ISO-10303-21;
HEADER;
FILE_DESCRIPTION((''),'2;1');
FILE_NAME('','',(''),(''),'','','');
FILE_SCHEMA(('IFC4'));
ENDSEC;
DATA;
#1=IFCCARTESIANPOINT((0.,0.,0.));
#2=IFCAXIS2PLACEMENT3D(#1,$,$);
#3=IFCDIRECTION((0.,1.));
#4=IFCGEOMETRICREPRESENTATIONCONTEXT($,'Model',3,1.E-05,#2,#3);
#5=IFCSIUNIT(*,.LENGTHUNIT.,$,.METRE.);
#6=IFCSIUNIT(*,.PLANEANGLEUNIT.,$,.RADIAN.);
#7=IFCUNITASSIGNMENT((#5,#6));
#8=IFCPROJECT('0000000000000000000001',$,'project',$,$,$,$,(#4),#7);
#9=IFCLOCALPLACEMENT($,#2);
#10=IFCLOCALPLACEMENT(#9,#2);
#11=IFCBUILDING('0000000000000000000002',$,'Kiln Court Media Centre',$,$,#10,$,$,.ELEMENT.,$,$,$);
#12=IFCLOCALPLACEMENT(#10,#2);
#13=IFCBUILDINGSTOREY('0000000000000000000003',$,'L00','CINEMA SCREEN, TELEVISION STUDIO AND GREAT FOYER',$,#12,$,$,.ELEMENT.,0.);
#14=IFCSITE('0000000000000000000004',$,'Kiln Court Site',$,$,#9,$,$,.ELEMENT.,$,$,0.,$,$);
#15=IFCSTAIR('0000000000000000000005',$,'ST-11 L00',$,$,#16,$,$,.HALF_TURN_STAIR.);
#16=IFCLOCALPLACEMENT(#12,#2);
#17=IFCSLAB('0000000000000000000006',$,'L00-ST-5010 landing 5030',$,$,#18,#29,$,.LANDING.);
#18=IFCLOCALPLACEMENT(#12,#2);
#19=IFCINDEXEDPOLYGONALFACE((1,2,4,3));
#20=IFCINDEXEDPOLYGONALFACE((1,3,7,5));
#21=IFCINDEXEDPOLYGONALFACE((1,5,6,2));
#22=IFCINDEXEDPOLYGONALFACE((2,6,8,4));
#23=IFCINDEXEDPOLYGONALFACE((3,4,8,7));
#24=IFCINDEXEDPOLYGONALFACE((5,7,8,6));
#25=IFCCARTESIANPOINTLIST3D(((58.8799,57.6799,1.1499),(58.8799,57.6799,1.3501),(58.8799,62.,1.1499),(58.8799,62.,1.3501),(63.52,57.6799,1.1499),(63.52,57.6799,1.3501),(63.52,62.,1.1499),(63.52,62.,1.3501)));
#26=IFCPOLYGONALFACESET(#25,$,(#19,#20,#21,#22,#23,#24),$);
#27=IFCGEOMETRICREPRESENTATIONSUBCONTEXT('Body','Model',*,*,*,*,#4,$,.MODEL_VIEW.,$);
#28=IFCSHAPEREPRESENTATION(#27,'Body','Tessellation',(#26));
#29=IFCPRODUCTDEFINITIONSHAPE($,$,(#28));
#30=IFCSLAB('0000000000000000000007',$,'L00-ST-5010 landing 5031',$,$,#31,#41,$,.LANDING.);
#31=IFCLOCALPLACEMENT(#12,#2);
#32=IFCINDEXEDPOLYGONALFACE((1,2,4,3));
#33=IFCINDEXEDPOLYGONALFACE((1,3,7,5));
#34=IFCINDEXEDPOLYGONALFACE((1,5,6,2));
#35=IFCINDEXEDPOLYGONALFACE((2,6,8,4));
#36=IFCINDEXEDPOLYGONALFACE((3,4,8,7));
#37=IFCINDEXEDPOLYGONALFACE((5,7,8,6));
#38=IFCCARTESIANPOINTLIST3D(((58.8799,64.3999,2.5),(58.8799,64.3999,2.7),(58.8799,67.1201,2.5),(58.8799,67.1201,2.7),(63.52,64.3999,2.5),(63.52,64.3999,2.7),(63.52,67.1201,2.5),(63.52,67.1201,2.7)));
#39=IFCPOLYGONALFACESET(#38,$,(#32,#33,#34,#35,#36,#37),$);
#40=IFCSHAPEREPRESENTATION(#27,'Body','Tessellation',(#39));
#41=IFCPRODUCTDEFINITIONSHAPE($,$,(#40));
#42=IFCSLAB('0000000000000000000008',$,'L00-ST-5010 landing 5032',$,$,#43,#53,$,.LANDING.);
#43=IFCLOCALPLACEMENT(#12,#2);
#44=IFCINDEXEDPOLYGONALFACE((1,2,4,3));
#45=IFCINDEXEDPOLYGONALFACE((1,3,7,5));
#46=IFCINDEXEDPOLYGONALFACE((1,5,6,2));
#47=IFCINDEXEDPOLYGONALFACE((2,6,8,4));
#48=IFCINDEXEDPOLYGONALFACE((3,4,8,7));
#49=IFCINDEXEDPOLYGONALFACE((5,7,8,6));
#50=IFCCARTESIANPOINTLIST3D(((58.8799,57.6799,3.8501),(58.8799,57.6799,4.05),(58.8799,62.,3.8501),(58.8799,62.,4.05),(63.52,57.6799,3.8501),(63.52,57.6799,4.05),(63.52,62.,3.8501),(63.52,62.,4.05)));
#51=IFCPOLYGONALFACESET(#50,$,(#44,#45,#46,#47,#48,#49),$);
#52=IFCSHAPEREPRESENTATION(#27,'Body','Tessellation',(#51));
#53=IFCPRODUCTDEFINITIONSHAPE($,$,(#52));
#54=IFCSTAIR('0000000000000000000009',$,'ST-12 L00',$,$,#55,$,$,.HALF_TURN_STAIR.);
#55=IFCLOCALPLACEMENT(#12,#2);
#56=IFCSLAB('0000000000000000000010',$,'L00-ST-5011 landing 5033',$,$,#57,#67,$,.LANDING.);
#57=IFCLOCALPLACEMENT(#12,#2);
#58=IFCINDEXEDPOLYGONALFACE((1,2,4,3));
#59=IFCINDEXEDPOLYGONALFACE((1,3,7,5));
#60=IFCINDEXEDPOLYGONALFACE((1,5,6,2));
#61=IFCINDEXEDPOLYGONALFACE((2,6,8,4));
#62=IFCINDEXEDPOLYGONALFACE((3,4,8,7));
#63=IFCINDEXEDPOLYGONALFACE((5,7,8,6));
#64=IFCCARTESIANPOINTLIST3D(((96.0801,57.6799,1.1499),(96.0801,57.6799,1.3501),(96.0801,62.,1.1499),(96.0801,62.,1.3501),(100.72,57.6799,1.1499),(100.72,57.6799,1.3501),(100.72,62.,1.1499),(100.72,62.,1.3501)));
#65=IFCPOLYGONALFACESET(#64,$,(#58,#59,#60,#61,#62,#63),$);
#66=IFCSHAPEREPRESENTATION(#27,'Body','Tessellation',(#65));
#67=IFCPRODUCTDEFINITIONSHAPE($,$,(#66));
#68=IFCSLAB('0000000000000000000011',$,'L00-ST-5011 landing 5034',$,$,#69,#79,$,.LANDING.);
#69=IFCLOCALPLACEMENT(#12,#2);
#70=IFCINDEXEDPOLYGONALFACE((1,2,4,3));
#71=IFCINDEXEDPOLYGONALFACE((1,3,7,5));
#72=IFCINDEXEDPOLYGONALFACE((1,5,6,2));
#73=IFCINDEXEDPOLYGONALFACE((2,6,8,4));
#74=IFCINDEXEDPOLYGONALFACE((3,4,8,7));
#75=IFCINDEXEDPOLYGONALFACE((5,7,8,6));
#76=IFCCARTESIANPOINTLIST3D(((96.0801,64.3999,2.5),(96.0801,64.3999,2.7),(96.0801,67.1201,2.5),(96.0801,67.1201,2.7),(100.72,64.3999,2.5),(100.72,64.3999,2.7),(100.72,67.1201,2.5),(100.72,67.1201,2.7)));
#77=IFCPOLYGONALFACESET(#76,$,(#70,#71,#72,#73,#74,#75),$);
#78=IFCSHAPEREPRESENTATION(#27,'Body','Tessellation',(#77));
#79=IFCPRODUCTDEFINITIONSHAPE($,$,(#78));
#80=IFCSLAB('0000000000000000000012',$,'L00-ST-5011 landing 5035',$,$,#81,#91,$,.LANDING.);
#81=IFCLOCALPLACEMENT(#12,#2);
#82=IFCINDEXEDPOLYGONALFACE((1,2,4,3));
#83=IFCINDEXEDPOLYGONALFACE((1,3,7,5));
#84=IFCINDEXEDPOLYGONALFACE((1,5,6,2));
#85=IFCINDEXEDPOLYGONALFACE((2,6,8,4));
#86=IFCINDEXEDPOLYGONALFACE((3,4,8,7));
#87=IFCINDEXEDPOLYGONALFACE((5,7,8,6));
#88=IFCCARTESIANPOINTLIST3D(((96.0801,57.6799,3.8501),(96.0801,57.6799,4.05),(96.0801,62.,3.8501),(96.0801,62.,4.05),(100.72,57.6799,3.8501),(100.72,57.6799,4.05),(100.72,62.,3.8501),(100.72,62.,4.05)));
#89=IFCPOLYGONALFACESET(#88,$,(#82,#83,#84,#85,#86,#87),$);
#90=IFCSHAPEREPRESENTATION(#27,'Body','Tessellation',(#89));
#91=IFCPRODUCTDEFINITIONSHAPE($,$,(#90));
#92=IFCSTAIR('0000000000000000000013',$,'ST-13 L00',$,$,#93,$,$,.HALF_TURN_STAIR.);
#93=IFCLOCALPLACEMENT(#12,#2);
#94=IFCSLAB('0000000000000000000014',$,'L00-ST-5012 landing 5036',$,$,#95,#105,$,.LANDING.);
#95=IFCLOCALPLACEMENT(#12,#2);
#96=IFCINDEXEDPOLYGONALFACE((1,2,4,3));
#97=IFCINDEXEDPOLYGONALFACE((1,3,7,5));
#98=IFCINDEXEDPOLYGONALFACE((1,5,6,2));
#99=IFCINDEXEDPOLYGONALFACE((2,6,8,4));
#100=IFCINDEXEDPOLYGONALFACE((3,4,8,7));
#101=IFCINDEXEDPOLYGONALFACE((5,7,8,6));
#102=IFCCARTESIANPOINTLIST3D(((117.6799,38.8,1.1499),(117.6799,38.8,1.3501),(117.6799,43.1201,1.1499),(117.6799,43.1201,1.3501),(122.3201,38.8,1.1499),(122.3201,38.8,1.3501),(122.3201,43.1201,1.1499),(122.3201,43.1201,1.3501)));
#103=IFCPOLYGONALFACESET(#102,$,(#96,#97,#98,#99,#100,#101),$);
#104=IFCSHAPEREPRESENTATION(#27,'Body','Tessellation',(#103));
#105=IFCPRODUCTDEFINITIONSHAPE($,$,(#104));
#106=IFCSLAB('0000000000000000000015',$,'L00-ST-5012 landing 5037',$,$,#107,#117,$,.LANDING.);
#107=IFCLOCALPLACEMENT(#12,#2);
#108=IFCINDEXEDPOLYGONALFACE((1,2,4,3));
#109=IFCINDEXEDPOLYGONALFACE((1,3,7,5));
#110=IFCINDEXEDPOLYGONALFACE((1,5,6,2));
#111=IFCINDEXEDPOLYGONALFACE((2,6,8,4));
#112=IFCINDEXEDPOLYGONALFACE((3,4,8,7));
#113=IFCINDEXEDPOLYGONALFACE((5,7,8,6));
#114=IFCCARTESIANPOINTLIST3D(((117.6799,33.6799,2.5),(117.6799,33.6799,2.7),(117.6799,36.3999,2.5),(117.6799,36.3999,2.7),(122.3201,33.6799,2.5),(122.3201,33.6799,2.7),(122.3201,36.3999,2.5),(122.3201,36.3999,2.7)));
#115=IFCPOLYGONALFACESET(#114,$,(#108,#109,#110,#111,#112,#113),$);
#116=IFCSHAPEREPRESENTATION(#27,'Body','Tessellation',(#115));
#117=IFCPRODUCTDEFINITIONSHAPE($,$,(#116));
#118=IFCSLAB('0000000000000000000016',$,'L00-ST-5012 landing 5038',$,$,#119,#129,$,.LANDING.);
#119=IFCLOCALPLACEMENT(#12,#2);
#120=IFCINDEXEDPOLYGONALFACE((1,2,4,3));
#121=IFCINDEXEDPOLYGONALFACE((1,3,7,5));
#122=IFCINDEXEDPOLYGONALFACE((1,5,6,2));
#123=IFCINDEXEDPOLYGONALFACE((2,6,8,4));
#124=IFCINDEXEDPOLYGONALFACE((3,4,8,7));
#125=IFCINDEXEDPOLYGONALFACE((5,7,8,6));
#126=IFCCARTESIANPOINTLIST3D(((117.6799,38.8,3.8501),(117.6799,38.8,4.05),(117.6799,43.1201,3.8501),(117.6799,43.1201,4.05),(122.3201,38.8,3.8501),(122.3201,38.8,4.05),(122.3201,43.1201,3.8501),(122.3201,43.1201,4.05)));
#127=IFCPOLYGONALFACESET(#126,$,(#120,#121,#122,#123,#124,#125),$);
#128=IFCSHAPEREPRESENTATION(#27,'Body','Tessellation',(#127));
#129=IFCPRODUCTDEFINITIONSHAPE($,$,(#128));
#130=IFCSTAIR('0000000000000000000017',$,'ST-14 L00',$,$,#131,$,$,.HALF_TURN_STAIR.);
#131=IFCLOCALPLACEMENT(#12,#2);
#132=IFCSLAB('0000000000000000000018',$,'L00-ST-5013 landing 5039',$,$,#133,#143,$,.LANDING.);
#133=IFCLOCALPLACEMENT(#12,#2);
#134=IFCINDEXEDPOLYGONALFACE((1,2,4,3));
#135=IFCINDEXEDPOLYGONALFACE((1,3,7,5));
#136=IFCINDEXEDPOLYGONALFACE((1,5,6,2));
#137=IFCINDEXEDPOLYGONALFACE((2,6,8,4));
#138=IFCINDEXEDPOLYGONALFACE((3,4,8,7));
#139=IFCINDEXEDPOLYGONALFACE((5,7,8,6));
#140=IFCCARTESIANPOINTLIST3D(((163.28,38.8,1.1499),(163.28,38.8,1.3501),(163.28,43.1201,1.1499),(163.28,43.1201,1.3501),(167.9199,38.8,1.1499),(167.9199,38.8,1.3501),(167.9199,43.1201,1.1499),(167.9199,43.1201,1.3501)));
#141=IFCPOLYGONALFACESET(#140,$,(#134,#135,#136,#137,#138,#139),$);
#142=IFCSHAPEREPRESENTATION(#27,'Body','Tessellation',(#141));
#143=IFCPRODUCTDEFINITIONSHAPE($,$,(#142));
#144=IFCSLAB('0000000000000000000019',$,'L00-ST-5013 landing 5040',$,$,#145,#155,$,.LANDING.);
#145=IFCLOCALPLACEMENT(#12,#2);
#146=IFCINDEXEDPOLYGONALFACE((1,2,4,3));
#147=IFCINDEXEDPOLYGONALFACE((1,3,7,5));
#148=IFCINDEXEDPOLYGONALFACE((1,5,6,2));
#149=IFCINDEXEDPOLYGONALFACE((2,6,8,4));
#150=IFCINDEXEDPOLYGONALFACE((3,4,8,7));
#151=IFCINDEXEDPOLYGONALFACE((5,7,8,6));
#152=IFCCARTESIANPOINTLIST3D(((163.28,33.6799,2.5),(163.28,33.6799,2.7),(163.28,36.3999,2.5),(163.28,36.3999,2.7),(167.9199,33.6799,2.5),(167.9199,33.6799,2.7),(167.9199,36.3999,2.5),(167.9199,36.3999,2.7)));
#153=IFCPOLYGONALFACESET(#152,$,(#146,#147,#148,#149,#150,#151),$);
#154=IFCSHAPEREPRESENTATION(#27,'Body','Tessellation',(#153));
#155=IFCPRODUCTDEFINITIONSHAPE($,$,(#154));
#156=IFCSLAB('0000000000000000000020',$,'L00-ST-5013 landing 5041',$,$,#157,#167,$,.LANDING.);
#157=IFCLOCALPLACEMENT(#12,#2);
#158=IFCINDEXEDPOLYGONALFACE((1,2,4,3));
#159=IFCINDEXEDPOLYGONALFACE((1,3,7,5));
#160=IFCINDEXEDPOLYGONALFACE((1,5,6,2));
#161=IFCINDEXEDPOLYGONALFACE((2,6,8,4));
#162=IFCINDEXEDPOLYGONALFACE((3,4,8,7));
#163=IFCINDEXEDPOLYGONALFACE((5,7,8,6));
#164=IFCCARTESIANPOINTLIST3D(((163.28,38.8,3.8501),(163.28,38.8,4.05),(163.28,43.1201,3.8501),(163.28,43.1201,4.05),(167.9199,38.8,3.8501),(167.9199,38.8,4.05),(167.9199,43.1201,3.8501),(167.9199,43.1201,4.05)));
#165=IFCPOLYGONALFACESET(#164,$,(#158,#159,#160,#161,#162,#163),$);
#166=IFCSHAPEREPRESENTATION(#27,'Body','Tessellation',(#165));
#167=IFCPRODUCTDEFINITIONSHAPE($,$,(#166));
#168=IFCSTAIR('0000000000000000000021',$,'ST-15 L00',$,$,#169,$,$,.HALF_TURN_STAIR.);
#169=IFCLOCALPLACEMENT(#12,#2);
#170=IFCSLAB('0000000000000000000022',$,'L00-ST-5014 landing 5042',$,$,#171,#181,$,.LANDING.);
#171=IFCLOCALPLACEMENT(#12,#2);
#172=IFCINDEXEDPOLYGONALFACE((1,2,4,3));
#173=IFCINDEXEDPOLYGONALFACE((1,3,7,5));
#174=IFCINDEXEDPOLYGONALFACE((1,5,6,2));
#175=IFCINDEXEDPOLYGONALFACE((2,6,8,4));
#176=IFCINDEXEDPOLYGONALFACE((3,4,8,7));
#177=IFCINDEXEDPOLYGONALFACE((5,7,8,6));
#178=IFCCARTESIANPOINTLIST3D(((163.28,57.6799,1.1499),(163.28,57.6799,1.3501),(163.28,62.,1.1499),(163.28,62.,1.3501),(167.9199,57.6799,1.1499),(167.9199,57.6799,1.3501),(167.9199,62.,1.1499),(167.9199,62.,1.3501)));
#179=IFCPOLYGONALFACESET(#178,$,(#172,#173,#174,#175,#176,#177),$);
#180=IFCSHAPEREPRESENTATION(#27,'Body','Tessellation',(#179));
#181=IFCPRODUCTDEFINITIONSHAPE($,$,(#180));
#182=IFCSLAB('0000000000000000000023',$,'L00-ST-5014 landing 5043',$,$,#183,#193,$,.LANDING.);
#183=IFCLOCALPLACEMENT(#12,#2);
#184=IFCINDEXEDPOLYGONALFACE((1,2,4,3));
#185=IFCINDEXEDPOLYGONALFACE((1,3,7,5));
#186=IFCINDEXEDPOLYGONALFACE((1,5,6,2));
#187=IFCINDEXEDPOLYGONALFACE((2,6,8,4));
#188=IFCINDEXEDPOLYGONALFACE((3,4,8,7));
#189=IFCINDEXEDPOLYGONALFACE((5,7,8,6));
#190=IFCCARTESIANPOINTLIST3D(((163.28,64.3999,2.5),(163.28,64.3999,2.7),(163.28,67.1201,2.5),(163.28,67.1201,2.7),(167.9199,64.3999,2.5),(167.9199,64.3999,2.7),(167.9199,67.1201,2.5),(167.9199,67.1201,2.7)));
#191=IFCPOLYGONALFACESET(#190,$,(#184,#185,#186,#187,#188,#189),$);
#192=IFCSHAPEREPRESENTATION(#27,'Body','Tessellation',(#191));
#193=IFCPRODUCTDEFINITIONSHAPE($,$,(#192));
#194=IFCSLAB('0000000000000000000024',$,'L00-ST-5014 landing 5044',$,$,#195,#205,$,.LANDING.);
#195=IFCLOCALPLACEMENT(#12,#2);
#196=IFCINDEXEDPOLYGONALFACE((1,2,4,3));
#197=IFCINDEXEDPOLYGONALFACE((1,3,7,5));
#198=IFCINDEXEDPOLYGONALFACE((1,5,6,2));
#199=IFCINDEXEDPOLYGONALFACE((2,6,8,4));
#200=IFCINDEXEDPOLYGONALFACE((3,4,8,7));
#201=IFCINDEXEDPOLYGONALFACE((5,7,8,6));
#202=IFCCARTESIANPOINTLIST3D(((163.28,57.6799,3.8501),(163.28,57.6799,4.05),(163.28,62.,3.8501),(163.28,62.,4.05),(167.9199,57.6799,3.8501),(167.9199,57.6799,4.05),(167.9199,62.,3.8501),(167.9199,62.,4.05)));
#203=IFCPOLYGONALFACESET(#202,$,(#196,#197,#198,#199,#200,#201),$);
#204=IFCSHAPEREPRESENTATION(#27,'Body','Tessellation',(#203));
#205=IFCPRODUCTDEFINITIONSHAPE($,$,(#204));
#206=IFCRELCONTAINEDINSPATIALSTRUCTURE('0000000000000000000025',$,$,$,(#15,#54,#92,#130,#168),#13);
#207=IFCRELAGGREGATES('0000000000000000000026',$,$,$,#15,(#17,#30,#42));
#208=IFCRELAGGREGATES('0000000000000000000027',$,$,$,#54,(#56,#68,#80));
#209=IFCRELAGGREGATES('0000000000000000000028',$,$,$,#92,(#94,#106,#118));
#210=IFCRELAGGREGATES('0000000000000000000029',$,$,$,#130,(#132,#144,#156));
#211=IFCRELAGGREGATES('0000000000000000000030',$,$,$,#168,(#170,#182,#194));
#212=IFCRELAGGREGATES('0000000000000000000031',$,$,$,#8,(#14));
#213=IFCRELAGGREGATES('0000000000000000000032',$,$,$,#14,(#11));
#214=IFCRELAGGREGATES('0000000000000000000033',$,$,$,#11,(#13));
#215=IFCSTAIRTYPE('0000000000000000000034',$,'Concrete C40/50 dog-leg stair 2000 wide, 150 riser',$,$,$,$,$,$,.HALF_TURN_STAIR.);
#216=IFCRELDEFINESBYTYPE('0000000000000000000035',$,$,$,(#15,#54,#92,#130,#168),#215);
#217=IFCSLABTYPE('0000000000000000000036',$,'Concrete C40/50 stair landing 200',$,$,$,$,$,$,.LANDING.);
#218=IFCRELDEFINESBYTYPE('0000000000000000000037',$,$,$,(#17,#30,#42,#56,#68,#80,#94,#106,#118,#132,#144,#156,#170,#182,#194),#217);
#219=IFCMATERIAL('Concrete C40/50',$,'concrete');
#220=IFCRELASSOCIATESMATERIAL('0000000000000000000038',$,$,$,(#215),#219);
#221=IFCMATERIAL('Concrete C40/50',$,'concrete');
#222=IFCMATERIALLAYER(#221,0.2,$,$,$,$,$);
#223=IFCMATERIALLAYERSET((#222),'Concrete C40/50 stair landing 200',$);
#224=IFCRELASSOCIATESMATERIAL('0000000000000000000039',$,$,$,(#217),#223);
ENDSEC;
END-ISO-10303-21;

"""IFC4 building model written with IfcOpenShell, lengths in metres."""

from ifc_helpers import new_model, si_unit, direction, frame, origin, place, context, subcontext, project, spatial, polyline, outline, extrude, material, layer, layer_set, type_object, element, aggregate, save


model = new_model("IFC4")

# Units and contexts
model_context = context("Model", 3, precision=1e-05, world=origin(), true_north=direction((0.0, 1.0)))
body_context = subcontext(model_context, "Body", "Model", "MODEL_VIEW")
ifc_project = project(units=[si_unit("LENGTHUNIT", "METRE"), si_unit("PLANEANGLEUNIT", "RADIAN")], contexts=[model_context])

# Site, building, storey
site_placement = place(None, origin())
site = spatial("IfcSite", under=ifc_project, at=site_placement, Name="Kiln Court Site", CompositionType="ELEMENT", RefElevation=0.0)
building_placement = place(site_placement, origin())
building = spatial("IfcBuilding", under=site, at=building_placement, Name="Kiln Court Media Centre", CompositionType="ELEMENT")
storey_placement = place(building_placement, origin())
storey = spatial("IfcBuildingStorey", under=building, at=storey_placement, Name="L00", Description="CINEMA SCREEN, TELEVISION STUDIO AND GREAT FOYER", CompositionType="ELEMENT", Elevation=0.0)

# Stairs, slabs
ifc_material_1 = material(Name="Concrete C40/50", Category="concrete")
stair_type_1 = type_object("IfcStairType", Name="Concrete C40/50 dog-leg stair 2000 wide, 150 riser", PredefinedType="HALF_TURN_STAIR", material=ifc_material_1)
stair_1_placement = place(storey_placement, origin())
stair_1 = element("IfcStair", 1, at=stair_1_placement, inside=storey, type_object=stair_type_1, Name="ST-11 L00", PredefinedType="HALF_TURN_STAIR")
ifc_material_2 = material(Name="Concrete C40/50", Category="concrete")
ifc_layer_1 = layer(ifc_material_2, 0.2)
ifc_layer_set_1 = layer_set([ifc_layer_1], Name="Concrete C40/50 stair landing 200")
slab_type = type_object("IfcSlabType", Name="Concrete C40/50 stair landing 200", PredefinedType="LANDING", material=ifc_layer_set_1)
slab_1_placement = place(storey_placement, frame((0.0, 0.0, 1.1499)))
slab_1 = element("IfcSlab", 2, at=slab_1_placement, type_object=slab_type, Name="L00-ST-5010 landing 5030", PredefinedType="LANDING", context=body_context, shape_type="SweptSolid", body=[
    extrude(outline(polyline([(58.8799, 62.0), (58.8799, 57.6799), (63.52, 57.6799), (63.52, 62.0), (58.8799, 62.0)])), origin(), (0.0, 0.0, 1.0), 0.2002),
])
slab_2_placement = place(storey_placement, frame((0.0, 0.0, 2.5)))
slab_2 = element("IfcSlab", 3, at=slab_2_placement, type_object=slab_type, Name="L00-ST-5010 landing 5031", PredefinedType="LANDING", context=body_context, shape_type="SweptSolid", body=[
    extrude(outline(polyline([(58.8799, 67.1201), (58.8799, 64.3999), (63.52, 64.3999), (63.52, 67.1201), (58.8799, 67.1201)])), origin(), (0.0, 0.0, 1.0), 0.2),
])
slab_3_placement = place(storey_placement, frame((0.0, 0.0, 3.8501)))
slab_3 = element("IfcSlab", 4, at=slab_3_placement, type_object=slab_type, Name="L00-ST-5010 landing 5032", PredefinedType="LANDING", context=body_context, shape_type="SweptSolid", body=[
    extrude(outline(polyline([(58.8799, 62.0), (58.8799, 57.6799), (63.52, 57.6799), (63.52, 62.0), (58.8799, 62.0)])), origin(), (0.0, 0.0, 1.0), 0.2),
])
aggregate(stair_1, [slab_1, slab_2, slab_3])
stair_2_placement = place(storey_placement, origin())
stair_2 = element("IfcStair", 5, at=stair_2_placement, inside=storey, type_object=stair_type_1, Name="ST-12 L00", PredefinedType="HALF_TURN_STAIR")
slab_4_placement = place(storey_placement, frame((0.0, 0.0, 1.1499)))
slab_4 = element("IfcSlab", 6, at=slab_4_placement, type_object=slab_type, Name="L00-ST-5011 landing 5033", PredefinedType="LANDING", context=body_context, shape_type="SweptSolid", body=[
    extrude(outline(polyline([(96.0801, 62.0), (96.0801, 57.6799), (100.72, 57.6799), (100.72, 62.0), (96.0801, 62.0)])), origin(), (0.0, 0.0, 1.0), 0.2002),
])
slab_5_placement = place(storey_placement, frame((0.0, 0.0, 2.5)))
slab_5 = element("IfcSlab", 7, at=slab_5_placement, type_object=slab_type, Name="L00-ST-5011 landing 5034", PredefinedType="LANDING", context=body_context, shape_type="SweptSolid", body=[
    extrude(outline(polyline([(96.0801, 67.1201), (96.0801, 64.3999), (100.72, 64.3999), (100.72, 67.1201), (96.0801, 67.1201)])), origin(), (0.0, 0.0, 1.0), 0.2),
])
slab_6_placement = place(storey_placement, frame((0.0, 0.0, 3.8501)))
slab_6 = element("IfcSlab", 8, at=slab_6_placement, type_object=slab_type, Name="L00-ST-5011 landing 5035", PredefinedType="LANDING", context=body_context, shape_type="SweptSolid", body=[
    extrude(outline(polyline([(96.0801, 62.0), (96.0801, 57.6799), (100.72, 57.6799), (100.72, 62.0), (96.0801, 62.0)])), origin(), (0.0, 0.0, 1.0), 0.2),
])
aggregate(stair_2, [slab_4, slab_5, slab_6])
stair_3_placement = place(storey_placement, origin())
stair_3 = element("IfcStair", 9, at=stair_3_placement, inside=storey, type_object=stair_type_1, Name="ST-13 L00", PredefinedType="HALF_TURN_STAIR")
slab_7_placement = place(storey_placement, frame((0.0, 0.0, 1.1499)))
slab_7 = element("IfcSlab", 10, at=slab_7_placement, type_object=slab_type, Name="L00-ST-5012 landing 5036", PredefinedType="LANDING", context=body_context, shape_type="SweptSolid", body=[
    extrude(outline(polyline([(122.3201, 38.8), (122.3201, 43.1201), (117.6799, 43.1201), (117.6799, 38.8), (122.3201, 38.8)])), origin(), (0.0, 0.0, 1.0), 0.2002),
])
slab_8_placement = place(storey_placement, frame((0.0, 0.0, 2.5)))
slab_8 = element("IfcSlab", 11, at=slab_8_placement, type_object=slab_type, Name="L00-ST-5012 landing 5037", PredefinedType="LANDING", context=body_context, shape_type="SweptSolid", body=[
    extrude(outline(polyline([(122.3201, 33.6799), (122.3201, 36.3999), (117.6799, 36.3999), (117.6799, 33.6799), (122.3201, 33.6799)])), origin(), (0.0, 0.0, 1.0), 0.2),
])
slab_9_placement = place(storey_placement, frame((0.0, 0.0, 3.8501)))
slab_9 = element("IfcSlab", 12, at=slab_9_placement, type_object=slab_type, Name="L00-ST-5012 landing 5038", PredefinedType="LANDING", context=body_context, shape_type="SweptSolid", body=[
    extrude(outline(polyline([(122.3201, 38.8), (122.3201, 43.1201), (117.6799, 43.1201), (117.6799, 38.8), (122.3201, 38.8)])), origin(), (0.0, 0.0, 1.0), 0.2),
])
aggregate(stair_3, [slab_7, slab_8, slab_9])
stair_4_placement = place(storey_placement, origin())
stair_4 = element("IfcStair", 13, at=stair_4_placement, inside=storey, type_object=stair_type_1, Name="ST-14 L00", PredefinedType="HALF_TURN_STAIR")
slab_10_placement = place(storey_placement, frame((0.0, 0.0, 1.1499)))
slab_10 = element("IfcSlab", 14, at=slab_10_placement, type_object=slab_type, Name="L00-ST-5013 landing 5039", PredefinedType="LANDING", context=body_context, shape_type="SweptSolid", body=[
    extrude(outline(polyline([(167.9199, 38.8), (167.9199, 43.1201), (163.28, 43.1201), (163.28, 38.8), (167.9199, 38.8)])), origin(), (0.0, 0.0, 1.0), 0.2002),
])
slab_11_placement = place(storey_placement, frame((0.0, 0.0, 2.5)))
slab_11 = element("IfcSlab", 15, at=slab_11_placement, type_object=slab_type, Name="L00-ST-5013 landing 5040", PredefinedType="LANDING", context=body_context, shape_type="SweptSolid", body=[
    extrude(outline(polyline([(167.9199, 33.6799), (167.9199, 36.3999), (163.28, 36.3999), (163.28, 33.6799), (167.9199, 33.6799)])), origin(), (0.0, 0.0, 1.0), 0.2),
])
slab_12_placement = place(storey_placement, frame((0.0, 0.0, 3.8501)))
slab_12 = element("IfcSlab", 16, at=slab_12_placement, type_object=slab_type, Name="L00-ST-5013 landing 5041", PredefinedType="LANDING", context=body_context, shape_type="SweptSolid", body=[
    extrude(outline(polyline([(167.9199, 38.8), (167.9199, 43.1201), (163.28, 43.1201), (163.28, 38.8), (167.9199, 38.8)])), origin(), (0.0, 0.0, 1.0), 0.2),
])
aggregate(stair_4, [slab_10, slab_11, slab_12])
stair_5_placement = place(storey_placement, origin())
stair_5 = element("IfcStair", 17, at=stair_5_placement, inside=storey, type_object=stair_type_1, Name="ST-15 L00", PredefinedType="HALF_TURN_STAIR")
slab_13_placement = place(storey_placement, frame((0.0, 0.0, 1.1499)))
slab_13 = element("IfcSlab", 18, at=slab_13_placement, type_object=slab_type, Name="L00-ST-5014 landing 5042", PredefinedType="LANDING", context=body_context, shape_type="SweptSolid", body=[
    extrude(outline(polyline([(163.28, 62.0), (163.28, 57.6799), (167.9199, 57.6799), (167.9199, 62.0), (163.28, 62.0)])), origin(), (0.0, 0.0, 1.0), 0.2002),
])
slab_14_placement = place(storey_placement, frame((0.0, 0.0, 2.5)))
slab_14 = element("IfcSlab", 19, at=slab_14_placement, type_object=slab_type, Name="L00-ST-5014 landing 5043", PredefinedType="LANDING", context=body_context, shape_type="SweptSolid", body=[
    extrude(outline(polyline([(163.28, 67.1201), (163.28, 64.3999), (167.9199, 64.3999), (167.9199, 67.1201), (163.28, 67.1201)])), origin(), (0.0, 0.0, 1.0), 0.2),
])
slab_15_placement = place(storey_placement, frame((0.0, 0.0, 3.8501)))
slab_15 = element("IfcSlab", 20, at=slab_15_placement, type_object=slab_type, Name="L00-ST-5014 landing 5044", PredefinedType="LANDING", context=body_context, shape_type="SweptSolid", body=[
    extrude(outline(polyline([(163.28, 62.0), (163.28, 57.6799), (167.9199, 57.6799), (167.9199, 62.0), (163.28, 62.0)])), origin(), (0.0, 0.0, 1.0), 0.2),
])
aggregate(stair_5, [slab_13, slab_14, slab_15])

save(model, "model.ifc")
